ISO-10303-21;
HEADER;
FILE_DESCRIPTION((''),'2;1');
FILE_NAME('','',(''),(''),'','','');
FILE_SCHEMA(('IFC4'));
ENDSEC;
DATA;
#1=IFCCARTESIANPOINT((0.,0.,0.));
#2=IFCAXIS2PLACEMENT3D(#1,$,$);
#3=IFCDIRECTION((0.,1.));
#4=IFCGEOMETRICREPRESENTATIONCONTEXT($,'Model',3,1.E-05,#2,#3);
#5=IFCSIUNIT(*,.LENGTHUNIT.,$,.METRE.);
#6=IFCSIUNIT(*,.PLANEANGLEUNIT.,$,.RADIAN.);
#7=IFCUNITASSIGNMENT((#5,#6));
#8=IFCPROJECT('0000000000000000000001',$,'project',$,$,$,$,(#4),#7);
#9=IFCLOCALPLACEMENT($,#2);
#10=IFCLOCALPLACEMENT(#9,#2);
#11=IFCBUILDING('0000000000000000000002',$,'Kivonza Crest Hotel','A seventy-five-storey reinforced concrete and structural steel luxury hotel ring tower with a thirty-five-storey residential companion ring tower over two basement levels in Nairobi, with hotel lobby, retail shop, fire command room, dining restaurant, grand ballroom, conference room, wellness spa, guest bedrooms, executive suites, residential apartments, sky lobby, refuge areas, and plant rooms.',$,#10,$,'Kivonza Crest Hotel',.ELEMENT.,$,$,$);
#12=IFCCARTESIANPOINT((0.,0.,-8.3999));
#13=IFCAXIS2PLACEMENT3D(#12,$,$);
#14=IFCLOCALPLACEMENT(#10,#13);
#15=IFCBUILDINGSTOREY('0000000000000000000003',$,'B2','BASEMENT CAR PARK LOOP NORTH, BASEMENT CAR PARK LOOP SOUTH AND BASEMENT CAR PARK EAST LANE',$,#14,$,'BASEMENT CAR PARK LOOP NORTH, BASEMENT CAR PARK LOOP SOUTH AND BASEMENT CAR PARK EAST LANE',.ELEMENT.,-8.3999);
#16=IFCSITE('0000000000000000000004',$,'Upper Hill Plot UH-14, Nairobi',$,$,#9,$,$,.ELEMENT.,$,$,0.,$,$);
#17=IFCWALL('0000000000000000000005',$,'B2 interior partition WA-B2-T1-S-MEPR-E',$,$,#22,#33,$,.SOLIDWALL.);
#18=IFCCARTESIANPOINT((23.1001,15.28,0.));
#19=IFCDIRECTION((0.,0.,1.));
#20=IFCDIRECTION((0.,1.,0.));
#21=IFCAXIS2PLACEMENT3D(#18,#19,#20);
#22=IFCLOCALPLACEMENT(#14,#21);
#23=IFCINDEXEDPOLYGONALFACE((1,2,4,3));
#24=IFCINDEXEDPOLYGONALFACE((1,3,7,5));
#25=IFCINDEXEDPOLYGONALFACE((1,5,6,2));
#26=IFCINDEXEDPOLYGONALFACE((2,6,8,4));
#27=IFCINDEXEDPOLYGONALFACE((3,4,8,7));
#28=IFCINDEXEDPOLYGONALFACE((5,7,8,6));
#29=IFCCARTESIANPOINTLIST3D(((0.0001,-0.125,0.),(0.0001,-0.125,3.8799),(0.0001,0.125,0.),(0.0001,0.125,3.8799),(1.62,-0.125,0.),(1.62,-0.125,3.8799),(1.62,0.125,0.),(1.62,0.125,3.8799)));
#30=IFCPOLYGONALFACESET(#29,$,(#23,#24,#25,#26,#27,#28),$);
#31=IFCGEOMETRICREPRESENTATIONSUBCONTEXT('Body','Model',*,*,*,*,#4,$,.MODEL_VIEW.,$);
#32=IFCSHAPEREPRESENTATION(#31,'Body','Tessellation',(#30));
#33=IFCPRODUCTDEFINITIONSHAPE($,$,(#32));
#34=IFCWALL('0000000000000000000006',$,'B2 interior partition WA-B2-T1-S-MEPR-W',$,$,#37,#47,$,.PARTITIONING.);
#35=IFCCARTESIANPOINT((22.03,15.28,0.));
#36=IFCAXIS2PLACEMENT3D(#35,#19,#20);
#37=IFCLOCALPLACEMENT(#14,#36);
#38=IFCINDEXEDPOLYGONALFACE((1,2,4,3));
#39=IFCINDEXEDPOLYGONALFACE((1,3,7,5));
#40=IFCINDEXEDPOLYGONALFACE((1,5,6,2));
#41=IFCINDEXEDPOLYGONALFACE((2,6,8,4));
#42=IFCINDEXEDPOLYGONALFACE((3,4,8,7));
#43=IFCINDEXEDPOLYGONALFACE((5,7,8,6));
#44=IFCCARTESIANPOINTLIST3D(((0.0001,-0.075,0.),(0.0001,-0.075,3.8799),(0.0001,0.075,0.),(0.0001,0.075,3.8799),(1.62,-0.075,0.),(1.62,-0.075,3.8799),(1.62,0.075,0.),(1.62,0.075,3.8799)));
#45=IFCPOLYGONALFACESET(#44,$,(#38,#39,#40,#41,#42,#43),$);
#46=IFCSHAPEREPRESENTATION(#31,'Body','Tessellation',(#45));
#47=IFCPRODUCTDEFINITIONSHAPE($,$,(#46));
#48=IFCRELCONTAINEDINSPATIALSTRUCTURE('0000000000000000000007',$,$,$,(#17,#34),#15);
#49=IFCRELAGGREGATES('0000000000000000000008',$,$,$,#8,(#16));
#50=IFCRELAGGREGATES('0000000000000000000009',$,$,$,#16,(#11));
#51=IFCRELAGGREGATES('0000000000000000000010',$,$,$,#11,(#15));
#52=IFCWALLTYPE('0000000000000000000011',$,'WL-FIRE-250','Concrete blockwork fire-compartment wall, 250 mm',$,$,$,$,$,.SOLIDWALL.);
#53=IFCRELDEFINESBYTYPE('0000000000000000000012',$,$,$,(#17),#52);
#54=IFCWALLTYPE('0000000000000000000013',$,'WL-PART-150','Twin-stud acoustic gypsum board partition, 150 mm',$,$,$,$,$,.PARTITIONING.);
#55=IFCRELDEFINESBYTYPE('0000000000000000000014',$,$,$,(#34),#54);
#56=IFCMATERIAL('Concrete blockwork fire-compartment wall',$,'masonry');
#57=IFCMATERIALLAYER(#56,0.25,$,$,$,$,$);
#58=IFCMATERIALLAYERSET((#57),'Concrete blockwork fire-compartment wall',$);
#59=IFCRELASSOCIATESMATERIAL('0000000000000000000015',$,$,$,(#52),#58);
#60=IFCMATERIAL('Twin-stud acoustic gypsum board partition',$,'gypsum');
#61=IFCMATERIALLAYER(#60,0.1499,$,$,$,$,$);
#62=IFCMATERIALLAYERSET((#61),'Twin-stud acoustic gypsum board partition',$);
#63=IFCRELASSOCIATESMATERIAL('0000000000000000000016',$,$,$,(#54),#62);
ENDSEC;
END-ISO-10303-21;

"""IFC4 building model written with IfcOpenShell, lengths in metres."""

from ifc_helpers import new_model, si_unit, direction, frame, frame_2d, origin, place, context, subcontext, project, spatial, rectangle, extrude, material, layer, layer_set, type_object, element, save


model = new_model("IFC4")

# Units and contexts
model_context = context("Model", 3, precision=1e-05, world=origin(), true_north=direction((0.0, 1.0)))
body_context = subcontext(model_context, "Body", "Model", "MODEL_VIEW")
ifc_project = project(units=[si_unit("LENGTHUNIT", "METRE"), si_unit("PLANEANGLEUNIT", "RADIAN")], contexts=[model_context])

# Site, building, storey
site_placement = place(None, origin())
site = spatial("IfcSite", under=ifc_project, at=site_placement, Name="Upper Hill Plot UH-14, Nairobi", CompositionType="ELEMENT", RefElevation=0.0)
building_placement = place(site_placement, origin())
building = spatial("IfcBuilding", under=site, at=building_placement, Name="Kivonza Crest Hotel", Description="A seventy-five-storey reinforced concrete and structural steel luxury hotel ring tower with a thirty-five-storey residential companion ring tower over two basement levels in Nairobi, with hotel lobby, retail shop, fire command room, dining restaurant, grand ballroom, conference room, wellness spa, guest bedrooms, executive suites, residential apartments, sky lobby, refuge areas, and plant rooms.", LongName="Kivonza Crest Hotel", CompositionType="ELEMENT")
storey_placement = place(building_placement, frame((0.0, 0.0, -8.3999)))
storey = spatial("IfcBuildingStorey", under=building, at=storey_placement, Name="B2", Description="BASEMENT CAR PARK LOOP NORTH, BASEMENT CAR PARK LOOP SOUTH AND BASEMENT CAR PARK EAST LANE", LongName="BASEMENT CAR PARK LOOP NORTH, BASEMENT CAR PARK LOOP SOUTH AND BASEMENT CAR PARK EAST LANE", CompositionType="ELEMENT", Elevation=-8.3999)

# Walls
ifc_material_1 = material(Name="Concrete blockwork fire-compartment wall", Category="masonry")
ifc_layer_1 = layer(ifc_material_1, 0.25)
ifc_layer_set_1 = layer_set([ifc_layer_1], Name="Concrete blockwork fire-compartment wall")
wall_type_1 = type_object("IfcWallType", Name="WL-FIRE-250", Description="Concrete blockwork fire-compartment wall, 250 mm", PredefinedType="SOLIDWALL", material=ifc_layer_set_1)
wall_1_placement = place(storey_placement, frame((23.1001, 15.28, 0.0), z_axis=(0.0, 0.0, 1.0), x_axis=(0.0, 1.0, 0.0)))
element("IfcWall", 1, at=wall_1_placement, inside=storey, type_object=wall_type_1, Name="B2 interior partition WA-B2-T1-S-MEPR-E", PredefinedType="SOLIDWALL", context=body_context, shape_type="SweptSolid", body=[
    extrude(rectangle(XDim=1.6199, YDim=0.25, at=frame_2d((0.8101, 0.0))), origin(), (0.0, 0.0, 1.0), 3.8799),
])
ifc_material_2 = material(Name="Twin-stud acoustic gypsum board partition", Category="gypsum")
ifc_layer_2 = layer(ifc_material_2, 0.1499)
ifc_layer_set_2 = layer_set([ifc_layer_2], Name="Twin-stud acoustic gypsum board partition")
wall_type_2 = type_object("IfcWallType", Name="WL-PART-150", Description="Twin-stud acoustic gypsum board partition, 150 mm", PredefinedType="PARTITIONING", material=ifc_layer_set_2)
wall_2_placement = place(storey_placement, frame((22.03, 15.28, 0.0), z_axis=(0.0, 0.0, 1.0), x_axis=(0.0, 1.0, 0.0)))
element("IfcWall", 2, at=wall_2_placement, inside=storey, type_object=wall_type_2, Name="B2 interior partition WA-B2-T1-S-MEPR-W", PredefinedType="PARTITIONING", context=body_context, shape_type="SweptSolid", body=[
    extrude(rectangle(XDim=1.6199, YDim=0.1499, at=frame_2d((0.8101, 0.0))), origin(), (0.0, 0.0, 1.0), 3.8799),
])

save(model, "model.ifc")
